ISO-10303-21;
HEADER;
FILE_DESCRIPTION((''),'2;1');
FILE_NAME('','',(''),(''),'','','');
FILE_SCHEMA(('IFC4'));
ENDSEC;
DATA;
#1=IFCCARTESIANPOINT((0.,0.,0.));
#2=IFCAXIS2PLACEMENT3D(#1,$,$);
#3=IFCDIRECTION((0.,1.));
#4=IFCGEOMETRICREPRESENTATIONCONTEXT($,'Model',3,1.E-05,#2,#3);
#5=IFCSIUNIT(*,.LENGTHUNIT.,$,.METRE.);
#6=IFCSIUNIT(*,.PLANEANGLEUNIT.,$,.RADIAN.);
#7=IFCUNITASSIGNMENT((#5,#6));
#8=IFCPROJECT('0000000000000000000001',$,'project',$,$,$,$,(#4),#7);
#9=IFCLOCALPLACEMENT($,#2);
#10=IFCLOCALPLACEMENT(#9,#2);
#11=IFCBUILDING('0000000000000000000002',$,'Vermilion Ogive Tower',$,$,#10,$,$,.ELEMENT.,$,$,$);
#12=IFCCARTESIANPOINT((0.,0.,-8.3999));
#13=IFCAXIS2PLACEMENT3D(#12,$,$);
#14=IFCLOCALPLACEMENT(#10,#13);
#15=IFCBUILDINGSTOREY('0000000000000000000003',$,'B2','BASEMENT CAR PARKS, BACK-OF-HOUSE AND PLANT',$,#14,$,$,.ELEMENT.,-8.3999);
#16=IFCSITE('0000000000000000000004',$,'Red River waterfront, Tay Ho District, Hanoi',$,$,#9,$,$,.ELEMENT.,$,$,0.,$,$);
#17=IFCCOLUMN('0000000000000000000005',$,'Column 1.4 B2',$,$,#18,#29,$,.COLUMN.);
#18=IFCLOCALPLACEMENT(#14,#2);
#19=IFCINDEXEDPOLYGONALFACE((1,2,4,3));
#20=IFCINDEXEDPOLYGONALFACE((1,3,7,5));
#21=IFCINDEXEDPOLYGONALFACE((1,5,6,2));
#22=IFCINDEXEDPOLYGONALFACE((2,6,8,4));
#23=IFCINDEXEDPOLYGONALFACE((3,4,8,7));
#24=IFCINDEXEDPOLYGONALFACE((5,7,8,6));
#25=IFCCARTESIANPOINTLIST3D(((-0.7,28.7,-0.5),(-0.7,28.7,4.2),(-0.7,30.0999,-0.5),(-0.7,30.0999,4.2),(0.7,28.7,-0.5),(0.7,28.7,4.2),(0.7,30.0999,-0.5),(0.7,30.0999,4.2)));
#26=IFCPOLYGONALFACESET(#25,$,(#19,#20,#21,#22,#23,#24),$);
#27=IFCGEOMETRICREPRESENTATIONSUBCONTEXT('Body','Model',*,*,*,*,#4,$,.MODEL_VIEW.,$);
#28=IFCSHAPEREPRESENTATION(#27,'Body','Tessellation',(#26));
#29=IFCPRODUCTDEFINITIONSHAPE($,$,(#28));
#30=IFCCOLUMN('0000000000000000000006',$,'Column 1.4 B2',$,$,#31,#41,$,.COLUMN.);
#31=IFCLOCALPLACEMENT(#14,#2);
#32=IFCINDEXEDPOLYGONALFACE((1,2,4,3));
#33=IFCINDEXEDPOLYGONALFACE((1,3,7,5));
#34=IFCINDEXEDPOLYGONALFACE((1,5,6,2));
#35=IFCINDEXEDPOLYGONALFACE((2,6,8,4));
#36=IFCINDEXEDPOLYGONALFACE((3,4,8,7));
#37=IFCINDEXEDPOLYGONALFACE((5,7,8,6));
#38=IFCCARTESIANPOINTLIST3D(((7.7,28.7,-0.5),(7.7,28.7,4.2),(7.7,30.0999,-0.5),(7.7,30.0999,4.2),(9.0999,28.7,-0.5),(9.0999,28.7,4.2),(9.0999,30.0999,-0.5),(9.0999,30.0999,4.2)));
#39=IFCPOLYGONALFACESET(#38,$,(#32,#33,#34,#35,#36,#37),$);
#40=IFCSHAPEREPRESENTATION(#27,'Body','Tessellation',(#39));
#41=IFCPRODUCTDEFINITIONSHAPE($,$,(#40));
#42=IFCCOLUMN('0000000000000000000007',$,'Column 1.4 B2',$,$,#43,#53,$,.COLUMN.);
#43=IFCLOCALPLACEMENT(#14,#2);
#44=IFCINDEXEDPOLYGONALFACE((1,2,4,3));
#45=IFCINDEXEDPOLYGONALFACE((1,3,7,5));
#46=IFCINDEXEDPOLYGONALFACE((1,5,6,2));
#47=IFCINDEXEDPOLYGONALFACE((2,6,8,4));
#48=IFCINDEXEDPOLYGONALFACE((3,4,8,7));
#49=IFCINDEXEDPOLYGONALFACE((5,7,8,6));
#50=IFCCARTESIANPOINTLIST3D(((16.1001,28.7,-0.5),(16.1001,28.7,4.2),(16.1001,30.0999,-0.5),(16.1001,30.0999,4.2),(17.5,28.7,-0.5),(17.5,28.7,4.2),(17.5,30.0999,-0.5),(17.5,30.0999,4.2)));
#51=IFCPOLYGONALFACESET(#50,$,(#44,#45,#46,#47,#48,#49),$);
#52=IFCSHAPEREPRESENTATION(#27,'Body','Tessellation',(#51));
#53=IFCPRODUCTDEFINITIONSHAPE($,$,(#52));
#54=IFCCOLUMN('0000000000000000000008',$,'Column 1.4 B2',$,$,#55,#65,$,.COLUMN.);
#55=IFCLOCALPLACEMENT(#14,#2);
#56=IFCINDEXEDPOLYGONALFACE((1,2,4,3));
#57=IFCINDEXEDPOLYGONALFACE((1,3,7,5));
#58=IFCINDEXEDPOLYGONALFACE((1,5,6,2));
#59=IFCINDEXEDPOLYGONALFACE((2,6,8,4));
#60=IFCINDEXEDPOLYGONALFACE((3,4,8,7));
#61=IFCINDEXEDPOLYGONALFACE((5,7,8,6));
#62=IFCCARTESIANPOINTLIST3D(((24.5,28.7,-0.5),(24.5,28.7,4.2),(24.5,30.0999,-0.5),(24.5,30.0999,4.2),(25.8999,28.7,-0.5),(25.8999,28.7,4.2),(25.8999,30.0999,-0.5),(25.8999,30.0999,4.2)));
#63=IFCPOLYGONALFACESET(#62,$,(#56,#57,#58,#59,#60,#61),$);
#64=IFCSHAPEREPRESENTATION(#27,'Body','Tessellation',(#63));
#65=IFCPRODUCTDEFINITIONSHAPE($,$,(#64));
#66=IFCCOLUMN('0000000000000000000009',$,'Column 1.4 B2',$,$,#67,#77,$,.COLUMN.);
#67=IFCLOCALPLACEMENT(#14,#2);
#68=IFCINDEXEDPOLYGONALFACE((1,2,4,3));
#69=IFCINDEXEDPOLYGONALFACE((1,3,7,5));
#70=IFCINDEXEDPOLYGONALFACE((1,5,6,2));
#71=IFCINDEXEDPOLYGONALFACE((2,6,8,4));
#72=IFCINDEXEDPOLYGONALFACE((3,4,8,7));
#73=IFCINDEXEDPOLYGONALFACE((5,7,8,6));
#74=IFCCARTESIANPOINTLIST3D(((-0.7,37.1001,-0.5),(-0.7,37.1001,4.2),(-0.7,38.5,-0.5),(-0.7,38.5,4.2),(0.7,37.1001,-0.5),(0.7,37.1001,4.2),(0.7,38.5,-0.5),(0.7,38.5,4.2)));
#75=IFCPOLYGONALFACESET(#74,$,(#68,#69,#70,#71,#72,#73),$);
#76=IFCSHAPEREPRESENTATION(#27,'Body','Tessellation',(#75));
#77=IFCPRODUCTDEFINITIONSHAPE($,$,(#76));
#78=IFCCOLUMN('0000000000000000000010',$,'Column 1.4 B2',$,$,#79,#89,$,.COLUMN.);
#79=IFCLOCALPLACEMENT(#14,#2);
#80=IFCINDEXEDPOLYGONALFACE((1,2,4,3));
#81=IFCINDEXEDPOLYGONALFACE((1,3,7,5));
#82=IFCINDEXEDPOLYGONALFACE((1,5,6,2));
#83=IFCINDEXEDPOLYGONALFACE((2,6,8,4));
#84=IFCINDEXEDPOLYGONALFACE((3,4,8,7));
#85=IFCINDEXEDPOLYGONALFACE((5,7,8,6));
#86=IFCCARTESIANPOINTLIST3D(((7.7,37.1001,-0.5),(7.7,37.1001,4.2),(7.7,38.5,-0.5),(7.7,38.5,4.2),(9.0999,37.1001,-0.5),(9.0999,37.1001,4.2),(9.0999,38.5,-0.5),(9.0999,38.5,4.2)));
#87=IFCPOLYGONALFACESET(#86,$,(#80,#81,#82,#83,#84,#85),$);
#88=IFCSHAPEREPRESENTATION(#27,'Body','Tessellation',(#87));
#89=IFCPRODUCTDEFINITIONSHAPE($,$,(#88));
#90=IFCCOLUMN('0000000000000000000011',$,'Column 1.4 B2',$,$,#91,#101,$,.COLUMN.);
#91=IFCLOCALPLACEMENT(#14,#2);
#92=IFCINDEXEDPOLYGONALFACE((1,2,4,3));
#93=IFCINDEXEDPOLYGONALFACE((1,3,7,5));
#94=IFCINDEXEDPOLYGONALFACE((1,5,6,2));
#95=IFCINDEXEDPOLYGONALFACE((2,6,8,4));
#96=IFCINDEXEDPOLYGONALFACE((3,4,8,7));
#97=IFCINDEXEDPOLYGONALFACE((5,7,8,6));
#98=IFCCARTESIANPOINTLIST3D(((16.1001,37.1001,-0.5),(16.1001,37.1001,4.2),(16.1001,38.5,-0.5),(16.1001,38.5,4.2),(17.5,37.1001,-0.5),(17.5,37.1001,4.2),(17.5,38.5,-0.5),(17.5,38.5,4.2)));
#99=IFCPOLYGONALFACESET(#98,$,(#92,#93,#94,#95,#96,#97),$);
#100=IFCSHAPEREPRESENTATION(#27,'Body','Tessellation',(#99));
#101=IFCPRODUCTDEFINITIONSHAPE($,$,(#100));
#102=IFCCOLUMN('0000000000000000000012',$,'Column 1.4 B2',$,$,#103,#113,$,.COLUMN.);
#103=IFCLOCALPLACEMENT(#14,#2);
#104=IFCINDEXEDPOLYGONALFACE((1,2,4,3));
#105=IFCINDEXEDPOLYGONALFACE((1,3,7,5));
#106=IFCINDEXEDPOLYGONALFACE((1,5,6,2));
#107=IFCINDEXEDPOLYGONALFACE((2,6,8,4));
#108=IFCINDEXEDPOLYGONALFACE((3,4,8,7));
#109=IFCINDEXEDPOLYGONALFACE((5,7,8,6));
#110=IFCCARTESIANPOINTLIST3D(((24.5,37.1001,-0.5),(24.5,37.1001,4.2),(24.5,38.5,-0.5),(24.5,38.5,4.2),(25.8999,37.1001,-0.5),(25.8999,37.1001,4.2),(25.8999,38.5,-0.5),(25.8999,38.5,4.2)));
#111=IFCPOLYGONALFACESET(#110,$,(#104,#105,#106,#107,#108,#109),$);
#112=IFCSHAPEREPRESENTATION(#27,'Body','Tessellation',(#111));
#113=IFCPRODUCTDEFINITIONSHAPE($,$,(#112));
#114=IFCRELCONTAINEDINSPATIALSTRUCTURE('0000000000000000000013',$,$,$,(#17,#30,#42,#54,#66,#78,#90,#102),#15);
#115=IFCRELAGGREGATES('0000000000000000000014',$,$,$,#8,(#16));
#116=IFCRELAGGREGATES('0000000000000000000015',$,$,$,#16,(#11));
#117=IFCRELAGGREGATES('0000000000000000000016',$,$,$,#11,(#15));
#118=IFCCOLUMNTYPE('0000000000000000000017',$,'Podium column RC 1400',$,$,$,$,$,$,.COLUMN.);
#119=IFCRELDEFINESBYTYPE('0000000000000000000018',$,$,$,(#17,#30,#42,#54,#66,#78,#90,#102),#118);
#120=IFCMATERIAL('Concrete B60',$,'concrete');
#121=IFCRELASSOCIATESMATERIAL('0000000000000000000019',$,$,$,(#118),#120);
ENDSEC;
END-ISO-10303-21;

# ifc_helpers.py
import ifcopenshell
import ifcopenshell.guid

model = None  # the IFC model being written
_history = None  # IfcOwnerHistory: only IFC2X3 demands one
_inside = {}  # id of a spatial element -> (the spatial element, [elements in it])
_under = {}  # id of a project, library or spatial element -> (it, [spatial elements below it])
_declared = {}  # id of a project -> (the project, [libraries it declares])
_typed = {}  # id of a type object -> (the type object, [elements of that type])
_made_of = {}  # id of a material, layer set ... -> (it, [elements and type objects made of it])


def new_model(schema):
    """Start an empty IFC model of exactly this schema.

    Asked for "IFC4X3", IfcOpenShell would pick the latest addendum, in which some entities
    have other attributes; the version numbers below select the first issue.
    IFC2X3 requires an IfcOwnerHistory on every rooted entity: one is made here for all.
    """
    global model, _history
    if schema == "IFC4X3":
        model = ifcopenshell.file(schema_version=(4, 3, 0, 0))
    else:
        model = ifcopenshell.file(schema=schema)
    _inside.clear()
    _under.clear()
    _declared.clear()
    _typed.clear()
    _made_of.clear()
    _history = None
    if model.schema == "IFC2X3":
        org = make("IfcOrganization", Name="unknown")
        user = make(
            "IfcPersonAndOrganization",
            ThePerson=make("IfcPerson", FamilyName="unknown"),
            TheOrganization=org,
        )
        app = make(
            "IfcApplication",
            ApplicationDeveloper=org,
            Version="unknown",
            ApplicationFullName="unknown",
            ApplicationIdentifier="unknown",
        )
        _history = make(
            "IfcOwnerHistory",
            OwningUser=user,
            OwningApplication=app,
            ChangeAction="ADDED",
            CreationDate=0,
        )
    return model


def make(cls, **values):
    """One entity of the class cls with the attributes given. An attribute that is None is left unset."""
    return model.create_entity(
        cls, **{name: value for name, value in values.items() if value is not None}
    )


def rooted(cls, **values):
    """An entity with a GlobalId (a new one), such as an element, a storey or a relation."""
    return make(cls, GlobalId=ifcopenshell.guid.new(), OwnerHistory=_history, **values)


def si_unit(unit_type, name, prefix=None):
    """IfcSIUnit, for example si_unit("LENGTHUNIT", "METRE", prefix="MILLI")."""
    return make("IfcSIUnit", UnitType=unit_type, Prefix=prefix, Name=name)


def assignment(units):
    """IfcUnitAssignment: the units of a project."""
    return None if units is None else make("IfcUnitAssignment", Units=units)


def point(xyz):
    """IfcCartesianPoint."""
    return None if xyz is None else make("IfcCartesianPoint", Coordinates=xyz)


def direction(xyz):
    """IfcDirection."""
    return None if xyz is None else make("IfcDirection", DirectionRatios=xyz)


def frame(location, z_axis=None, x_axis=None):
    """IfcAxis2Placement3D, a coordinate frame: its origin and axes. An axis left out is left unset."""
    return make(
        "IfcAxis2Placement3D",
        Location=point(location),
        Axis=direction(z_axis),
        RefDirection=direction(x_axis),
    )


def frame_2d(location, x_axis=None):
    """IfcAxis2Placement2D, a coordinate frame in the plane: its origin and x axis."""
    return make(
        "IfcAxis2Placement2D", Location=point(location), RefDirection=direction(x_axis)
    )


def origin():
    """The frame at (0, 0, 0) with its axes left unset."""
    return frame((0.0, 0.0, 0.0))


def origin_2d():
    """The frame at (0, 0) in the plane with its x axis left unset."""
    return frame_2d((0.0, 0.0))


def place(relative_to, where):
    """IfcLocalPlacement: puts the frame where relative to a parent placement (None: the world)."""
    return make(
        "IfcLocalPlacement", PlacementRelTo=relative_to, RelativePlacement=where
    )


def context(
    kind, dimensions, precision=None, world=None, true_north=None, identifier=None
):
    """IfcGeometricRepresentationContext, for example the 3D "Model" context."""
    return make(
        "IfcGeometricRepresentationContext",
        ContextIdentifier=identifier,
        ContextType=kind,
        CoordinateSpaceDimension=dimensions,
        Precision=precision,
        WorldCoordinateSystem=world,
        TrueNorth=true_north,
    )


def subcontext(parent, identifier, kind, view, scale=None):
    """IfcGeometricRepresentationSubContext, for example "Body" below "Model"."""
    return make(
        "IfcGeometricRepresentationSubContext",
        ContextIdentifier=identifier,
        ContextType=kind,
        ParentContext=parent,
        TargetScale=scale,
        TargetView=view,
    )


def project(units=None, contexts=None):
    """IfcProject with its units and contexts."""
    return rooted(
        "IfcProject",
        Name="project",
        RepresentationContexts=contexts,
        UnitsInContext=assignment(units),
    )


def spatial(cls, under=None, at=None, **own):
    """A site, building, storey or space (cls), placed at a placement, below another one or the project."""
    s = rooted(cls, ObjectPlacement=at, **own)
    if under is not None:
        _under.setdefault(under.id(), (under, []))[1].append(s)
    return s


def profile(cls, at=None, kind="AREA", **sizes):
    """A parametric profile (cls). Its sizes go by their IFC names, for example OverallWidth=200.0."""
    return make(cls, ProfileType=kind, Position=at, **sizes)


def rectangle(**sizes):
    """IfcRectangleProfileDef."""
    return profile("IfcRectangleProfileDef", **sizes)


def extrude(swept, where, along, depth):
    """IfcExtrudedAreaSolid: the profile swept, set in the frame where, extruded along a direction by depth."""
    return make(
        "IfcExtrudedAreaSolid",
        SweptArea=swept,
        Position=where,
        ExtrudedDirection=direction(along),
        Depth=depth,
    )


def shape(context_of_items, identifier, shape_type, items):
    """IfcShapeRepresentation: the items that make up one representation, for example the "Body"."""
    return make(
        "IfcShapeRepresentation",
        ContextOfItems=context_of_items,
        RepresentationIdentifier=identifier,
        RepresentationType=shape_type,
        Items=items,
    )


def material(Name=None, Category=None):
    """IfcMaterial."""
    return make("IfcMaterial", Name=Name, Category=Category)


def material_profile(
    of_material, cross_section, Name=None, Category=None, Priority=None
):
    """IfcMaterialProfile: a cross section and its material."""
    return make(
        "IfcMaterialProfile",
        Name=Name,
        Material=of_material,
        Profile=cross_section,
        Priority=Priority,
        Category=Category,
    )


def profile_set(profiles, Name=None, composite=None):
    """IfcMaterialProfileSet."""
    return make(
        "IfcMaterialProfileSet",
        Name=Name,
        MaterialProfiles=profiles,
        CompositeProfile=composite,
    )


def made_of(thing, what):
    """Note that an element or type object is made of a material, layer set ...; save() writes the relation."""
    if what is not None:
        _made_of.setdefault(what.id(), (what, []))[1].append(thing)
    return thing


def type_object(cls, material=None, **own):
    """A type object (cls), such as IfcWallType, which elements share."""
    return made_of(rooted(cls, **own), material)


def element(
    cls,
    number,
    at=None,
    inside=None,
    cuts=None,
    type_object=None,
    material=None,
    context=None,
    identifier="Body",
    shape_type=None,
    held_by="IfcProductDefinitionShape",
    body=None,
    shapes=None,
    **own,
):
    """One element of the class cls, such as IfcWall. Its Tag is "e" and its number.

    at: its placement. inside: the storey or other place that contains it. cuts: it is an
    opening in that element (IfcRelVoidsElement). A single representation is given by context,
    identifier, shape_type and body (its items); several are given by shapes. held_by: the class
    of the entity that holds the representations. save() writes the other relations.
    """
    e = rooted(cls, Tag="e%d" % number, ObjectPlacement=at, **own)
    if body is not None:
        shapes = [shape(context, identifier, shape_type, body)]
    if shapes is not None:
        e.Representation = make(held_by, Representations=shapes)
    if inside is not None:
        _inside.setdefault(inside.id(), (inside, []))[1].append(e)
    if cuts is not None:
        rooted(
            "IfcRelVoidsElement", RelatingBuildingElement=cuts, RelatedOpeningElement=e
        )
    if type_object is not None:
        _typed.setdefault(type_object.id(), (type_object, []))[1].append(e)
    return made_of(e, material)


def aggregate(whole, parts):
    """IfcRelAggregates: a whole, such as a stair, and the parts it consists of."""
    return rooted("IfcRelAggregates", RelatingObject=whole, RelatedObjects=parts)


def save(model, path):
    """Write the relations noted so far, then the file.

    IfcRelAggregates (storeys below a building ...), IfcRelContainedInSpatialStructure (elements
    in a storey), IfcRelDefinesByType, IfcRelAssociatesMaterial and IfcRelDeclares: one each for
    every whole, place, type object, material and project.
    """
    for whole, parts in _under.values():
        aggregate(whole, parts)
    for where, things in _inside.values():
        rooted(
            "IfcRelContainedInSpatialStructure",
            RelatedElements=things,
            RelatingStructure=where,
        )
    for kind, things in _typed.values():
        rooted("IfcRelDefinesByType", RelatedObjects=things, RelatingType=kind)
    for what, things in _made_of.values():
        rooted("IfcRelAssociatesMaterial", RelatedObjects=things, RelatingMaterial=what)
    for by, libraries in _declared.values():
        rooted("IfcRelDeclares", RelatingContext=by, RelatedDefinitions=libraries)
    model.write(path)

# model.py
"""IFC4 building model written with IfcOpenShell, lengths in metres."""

from ifc_helpers import new_model, si_unit, direction, frame, origin, origin_2d, place, context, subcontext, project, spatial, rectangle, extrude, material, material_profile, profile_set, type_object, element, save


model = new_model("IFC4")

# Units and contexts
model_context = context("Model", 3, precision=1e-05, world=origin(), true_north=direction((0.0, 1.0)))
body_context = subcontext(model_context, "Body", "Model", "MODEL_VIEW")
ifc_project = project(units=[si_unit("LENGTHUNIT", "METRE"), si_unit("PLANEANGLEUNIT", "RADIAN")], contexts=[model_context])

# Site, building, storey
site_placement = place(None, origin())
site = spatial("IfcSite", under=ifc_project, at=site_placement, Name="Red River waterfront, Tay Ho District, Hanoi", CompositionType="ELEMENT", RefElevation=0.0)
building_placement = place(site_placement, origin())
building = spatial("IfcBuilding", under=site, at=building_placement, Name="Vermilion Ogive Tower", CompositionType="ELEMENT")
storey_placement = place(building_placement, frame((0.0, 0.0, -8.3999)))
storey = spatial("IfcBuildingStorey", under=building, at=storey_placement, Name="B2", Description="BASEMENT CAR PARKS, BACK-OF-HOUSE AND PLANT", CompositionType="ELEMENT", Elevation=-8.3999)

# Columns
ifc_material_1 = material(Name="Concrete B60", Category="concrete")
ifc_material_profile = material_profile(ifc_material_1, rectangle(XDim=1.3999, YDim=1.3999, at=origin_2d()), Name="RC 1400x1400")
ifc_profile_set = profile_set([ifc_material_profile], Name="Concrete B60")
column_type = type_object("IfcColumnType", Name="Podium column RC 1400", PredefinedType="COLUMN", material=ifc_profile_set)
for number, where, z_axis, x_axis, name in (
    (1, (0.0, 29.3999, -0.5), (0.0, 0.0, 1.0), (1.0, 0.0, 0.0), "Column 1.4 B2"),
    (2, (8.3999, 29.3999, -0.5), (0.0, 0.0, 1.0), (1.0, 0.0, 0.0), "Column 1.4 B2"),
    (3, (16.8, 29.3999, -0.5), (0.0, 0.0, 1.0), (1.0, 0.0, 0.0), "Column 1.4 B2"),
    (4, (25.2, 29.3999, -0.5), (0.0, 0.0, 1.0), (1.0, 0.0, 0.0), "Column 1.4 B2"),
    (5, (0.0, 37.8, -0.5), (0.0, 0.0, 1.0), (1.0, 0.0, 0.0), "Column 1.4 B2"),
    (6, (8.3999, 37.8, -0.5), (0.0, 0.0, 1.0), (1.0, 0.0, 0.0), "Column 1.4 B2"),
    (7, (16.8, 37.8, -0.5), (0.0, 0.0, 1.0), (1.0, 0.0, 0.0), "Column 1.4 B2"),
    (8, (25.2, 37.8, -0.5), (0.0, 0.0, 1.0), (1.0, 0.0, 0.0), "Column 1.4 B2"),
):
    element("IfcColumn", number, at=place(storey_placement, frame(where, z_axis=z_axis, x_axis=x_axis)), inside=storey, type_object=column_type, Name=name, PredefinedType="COLUMN", context=body_context, shape_type="SweptSolid", body=[
        extrude(rectangle(XDim=1.3999, YDim=1.3999, at=origin_2d()), origin(), (0.0, 0.0, 1.0), 4.7),
    ])

save(model, "model.ifc")
